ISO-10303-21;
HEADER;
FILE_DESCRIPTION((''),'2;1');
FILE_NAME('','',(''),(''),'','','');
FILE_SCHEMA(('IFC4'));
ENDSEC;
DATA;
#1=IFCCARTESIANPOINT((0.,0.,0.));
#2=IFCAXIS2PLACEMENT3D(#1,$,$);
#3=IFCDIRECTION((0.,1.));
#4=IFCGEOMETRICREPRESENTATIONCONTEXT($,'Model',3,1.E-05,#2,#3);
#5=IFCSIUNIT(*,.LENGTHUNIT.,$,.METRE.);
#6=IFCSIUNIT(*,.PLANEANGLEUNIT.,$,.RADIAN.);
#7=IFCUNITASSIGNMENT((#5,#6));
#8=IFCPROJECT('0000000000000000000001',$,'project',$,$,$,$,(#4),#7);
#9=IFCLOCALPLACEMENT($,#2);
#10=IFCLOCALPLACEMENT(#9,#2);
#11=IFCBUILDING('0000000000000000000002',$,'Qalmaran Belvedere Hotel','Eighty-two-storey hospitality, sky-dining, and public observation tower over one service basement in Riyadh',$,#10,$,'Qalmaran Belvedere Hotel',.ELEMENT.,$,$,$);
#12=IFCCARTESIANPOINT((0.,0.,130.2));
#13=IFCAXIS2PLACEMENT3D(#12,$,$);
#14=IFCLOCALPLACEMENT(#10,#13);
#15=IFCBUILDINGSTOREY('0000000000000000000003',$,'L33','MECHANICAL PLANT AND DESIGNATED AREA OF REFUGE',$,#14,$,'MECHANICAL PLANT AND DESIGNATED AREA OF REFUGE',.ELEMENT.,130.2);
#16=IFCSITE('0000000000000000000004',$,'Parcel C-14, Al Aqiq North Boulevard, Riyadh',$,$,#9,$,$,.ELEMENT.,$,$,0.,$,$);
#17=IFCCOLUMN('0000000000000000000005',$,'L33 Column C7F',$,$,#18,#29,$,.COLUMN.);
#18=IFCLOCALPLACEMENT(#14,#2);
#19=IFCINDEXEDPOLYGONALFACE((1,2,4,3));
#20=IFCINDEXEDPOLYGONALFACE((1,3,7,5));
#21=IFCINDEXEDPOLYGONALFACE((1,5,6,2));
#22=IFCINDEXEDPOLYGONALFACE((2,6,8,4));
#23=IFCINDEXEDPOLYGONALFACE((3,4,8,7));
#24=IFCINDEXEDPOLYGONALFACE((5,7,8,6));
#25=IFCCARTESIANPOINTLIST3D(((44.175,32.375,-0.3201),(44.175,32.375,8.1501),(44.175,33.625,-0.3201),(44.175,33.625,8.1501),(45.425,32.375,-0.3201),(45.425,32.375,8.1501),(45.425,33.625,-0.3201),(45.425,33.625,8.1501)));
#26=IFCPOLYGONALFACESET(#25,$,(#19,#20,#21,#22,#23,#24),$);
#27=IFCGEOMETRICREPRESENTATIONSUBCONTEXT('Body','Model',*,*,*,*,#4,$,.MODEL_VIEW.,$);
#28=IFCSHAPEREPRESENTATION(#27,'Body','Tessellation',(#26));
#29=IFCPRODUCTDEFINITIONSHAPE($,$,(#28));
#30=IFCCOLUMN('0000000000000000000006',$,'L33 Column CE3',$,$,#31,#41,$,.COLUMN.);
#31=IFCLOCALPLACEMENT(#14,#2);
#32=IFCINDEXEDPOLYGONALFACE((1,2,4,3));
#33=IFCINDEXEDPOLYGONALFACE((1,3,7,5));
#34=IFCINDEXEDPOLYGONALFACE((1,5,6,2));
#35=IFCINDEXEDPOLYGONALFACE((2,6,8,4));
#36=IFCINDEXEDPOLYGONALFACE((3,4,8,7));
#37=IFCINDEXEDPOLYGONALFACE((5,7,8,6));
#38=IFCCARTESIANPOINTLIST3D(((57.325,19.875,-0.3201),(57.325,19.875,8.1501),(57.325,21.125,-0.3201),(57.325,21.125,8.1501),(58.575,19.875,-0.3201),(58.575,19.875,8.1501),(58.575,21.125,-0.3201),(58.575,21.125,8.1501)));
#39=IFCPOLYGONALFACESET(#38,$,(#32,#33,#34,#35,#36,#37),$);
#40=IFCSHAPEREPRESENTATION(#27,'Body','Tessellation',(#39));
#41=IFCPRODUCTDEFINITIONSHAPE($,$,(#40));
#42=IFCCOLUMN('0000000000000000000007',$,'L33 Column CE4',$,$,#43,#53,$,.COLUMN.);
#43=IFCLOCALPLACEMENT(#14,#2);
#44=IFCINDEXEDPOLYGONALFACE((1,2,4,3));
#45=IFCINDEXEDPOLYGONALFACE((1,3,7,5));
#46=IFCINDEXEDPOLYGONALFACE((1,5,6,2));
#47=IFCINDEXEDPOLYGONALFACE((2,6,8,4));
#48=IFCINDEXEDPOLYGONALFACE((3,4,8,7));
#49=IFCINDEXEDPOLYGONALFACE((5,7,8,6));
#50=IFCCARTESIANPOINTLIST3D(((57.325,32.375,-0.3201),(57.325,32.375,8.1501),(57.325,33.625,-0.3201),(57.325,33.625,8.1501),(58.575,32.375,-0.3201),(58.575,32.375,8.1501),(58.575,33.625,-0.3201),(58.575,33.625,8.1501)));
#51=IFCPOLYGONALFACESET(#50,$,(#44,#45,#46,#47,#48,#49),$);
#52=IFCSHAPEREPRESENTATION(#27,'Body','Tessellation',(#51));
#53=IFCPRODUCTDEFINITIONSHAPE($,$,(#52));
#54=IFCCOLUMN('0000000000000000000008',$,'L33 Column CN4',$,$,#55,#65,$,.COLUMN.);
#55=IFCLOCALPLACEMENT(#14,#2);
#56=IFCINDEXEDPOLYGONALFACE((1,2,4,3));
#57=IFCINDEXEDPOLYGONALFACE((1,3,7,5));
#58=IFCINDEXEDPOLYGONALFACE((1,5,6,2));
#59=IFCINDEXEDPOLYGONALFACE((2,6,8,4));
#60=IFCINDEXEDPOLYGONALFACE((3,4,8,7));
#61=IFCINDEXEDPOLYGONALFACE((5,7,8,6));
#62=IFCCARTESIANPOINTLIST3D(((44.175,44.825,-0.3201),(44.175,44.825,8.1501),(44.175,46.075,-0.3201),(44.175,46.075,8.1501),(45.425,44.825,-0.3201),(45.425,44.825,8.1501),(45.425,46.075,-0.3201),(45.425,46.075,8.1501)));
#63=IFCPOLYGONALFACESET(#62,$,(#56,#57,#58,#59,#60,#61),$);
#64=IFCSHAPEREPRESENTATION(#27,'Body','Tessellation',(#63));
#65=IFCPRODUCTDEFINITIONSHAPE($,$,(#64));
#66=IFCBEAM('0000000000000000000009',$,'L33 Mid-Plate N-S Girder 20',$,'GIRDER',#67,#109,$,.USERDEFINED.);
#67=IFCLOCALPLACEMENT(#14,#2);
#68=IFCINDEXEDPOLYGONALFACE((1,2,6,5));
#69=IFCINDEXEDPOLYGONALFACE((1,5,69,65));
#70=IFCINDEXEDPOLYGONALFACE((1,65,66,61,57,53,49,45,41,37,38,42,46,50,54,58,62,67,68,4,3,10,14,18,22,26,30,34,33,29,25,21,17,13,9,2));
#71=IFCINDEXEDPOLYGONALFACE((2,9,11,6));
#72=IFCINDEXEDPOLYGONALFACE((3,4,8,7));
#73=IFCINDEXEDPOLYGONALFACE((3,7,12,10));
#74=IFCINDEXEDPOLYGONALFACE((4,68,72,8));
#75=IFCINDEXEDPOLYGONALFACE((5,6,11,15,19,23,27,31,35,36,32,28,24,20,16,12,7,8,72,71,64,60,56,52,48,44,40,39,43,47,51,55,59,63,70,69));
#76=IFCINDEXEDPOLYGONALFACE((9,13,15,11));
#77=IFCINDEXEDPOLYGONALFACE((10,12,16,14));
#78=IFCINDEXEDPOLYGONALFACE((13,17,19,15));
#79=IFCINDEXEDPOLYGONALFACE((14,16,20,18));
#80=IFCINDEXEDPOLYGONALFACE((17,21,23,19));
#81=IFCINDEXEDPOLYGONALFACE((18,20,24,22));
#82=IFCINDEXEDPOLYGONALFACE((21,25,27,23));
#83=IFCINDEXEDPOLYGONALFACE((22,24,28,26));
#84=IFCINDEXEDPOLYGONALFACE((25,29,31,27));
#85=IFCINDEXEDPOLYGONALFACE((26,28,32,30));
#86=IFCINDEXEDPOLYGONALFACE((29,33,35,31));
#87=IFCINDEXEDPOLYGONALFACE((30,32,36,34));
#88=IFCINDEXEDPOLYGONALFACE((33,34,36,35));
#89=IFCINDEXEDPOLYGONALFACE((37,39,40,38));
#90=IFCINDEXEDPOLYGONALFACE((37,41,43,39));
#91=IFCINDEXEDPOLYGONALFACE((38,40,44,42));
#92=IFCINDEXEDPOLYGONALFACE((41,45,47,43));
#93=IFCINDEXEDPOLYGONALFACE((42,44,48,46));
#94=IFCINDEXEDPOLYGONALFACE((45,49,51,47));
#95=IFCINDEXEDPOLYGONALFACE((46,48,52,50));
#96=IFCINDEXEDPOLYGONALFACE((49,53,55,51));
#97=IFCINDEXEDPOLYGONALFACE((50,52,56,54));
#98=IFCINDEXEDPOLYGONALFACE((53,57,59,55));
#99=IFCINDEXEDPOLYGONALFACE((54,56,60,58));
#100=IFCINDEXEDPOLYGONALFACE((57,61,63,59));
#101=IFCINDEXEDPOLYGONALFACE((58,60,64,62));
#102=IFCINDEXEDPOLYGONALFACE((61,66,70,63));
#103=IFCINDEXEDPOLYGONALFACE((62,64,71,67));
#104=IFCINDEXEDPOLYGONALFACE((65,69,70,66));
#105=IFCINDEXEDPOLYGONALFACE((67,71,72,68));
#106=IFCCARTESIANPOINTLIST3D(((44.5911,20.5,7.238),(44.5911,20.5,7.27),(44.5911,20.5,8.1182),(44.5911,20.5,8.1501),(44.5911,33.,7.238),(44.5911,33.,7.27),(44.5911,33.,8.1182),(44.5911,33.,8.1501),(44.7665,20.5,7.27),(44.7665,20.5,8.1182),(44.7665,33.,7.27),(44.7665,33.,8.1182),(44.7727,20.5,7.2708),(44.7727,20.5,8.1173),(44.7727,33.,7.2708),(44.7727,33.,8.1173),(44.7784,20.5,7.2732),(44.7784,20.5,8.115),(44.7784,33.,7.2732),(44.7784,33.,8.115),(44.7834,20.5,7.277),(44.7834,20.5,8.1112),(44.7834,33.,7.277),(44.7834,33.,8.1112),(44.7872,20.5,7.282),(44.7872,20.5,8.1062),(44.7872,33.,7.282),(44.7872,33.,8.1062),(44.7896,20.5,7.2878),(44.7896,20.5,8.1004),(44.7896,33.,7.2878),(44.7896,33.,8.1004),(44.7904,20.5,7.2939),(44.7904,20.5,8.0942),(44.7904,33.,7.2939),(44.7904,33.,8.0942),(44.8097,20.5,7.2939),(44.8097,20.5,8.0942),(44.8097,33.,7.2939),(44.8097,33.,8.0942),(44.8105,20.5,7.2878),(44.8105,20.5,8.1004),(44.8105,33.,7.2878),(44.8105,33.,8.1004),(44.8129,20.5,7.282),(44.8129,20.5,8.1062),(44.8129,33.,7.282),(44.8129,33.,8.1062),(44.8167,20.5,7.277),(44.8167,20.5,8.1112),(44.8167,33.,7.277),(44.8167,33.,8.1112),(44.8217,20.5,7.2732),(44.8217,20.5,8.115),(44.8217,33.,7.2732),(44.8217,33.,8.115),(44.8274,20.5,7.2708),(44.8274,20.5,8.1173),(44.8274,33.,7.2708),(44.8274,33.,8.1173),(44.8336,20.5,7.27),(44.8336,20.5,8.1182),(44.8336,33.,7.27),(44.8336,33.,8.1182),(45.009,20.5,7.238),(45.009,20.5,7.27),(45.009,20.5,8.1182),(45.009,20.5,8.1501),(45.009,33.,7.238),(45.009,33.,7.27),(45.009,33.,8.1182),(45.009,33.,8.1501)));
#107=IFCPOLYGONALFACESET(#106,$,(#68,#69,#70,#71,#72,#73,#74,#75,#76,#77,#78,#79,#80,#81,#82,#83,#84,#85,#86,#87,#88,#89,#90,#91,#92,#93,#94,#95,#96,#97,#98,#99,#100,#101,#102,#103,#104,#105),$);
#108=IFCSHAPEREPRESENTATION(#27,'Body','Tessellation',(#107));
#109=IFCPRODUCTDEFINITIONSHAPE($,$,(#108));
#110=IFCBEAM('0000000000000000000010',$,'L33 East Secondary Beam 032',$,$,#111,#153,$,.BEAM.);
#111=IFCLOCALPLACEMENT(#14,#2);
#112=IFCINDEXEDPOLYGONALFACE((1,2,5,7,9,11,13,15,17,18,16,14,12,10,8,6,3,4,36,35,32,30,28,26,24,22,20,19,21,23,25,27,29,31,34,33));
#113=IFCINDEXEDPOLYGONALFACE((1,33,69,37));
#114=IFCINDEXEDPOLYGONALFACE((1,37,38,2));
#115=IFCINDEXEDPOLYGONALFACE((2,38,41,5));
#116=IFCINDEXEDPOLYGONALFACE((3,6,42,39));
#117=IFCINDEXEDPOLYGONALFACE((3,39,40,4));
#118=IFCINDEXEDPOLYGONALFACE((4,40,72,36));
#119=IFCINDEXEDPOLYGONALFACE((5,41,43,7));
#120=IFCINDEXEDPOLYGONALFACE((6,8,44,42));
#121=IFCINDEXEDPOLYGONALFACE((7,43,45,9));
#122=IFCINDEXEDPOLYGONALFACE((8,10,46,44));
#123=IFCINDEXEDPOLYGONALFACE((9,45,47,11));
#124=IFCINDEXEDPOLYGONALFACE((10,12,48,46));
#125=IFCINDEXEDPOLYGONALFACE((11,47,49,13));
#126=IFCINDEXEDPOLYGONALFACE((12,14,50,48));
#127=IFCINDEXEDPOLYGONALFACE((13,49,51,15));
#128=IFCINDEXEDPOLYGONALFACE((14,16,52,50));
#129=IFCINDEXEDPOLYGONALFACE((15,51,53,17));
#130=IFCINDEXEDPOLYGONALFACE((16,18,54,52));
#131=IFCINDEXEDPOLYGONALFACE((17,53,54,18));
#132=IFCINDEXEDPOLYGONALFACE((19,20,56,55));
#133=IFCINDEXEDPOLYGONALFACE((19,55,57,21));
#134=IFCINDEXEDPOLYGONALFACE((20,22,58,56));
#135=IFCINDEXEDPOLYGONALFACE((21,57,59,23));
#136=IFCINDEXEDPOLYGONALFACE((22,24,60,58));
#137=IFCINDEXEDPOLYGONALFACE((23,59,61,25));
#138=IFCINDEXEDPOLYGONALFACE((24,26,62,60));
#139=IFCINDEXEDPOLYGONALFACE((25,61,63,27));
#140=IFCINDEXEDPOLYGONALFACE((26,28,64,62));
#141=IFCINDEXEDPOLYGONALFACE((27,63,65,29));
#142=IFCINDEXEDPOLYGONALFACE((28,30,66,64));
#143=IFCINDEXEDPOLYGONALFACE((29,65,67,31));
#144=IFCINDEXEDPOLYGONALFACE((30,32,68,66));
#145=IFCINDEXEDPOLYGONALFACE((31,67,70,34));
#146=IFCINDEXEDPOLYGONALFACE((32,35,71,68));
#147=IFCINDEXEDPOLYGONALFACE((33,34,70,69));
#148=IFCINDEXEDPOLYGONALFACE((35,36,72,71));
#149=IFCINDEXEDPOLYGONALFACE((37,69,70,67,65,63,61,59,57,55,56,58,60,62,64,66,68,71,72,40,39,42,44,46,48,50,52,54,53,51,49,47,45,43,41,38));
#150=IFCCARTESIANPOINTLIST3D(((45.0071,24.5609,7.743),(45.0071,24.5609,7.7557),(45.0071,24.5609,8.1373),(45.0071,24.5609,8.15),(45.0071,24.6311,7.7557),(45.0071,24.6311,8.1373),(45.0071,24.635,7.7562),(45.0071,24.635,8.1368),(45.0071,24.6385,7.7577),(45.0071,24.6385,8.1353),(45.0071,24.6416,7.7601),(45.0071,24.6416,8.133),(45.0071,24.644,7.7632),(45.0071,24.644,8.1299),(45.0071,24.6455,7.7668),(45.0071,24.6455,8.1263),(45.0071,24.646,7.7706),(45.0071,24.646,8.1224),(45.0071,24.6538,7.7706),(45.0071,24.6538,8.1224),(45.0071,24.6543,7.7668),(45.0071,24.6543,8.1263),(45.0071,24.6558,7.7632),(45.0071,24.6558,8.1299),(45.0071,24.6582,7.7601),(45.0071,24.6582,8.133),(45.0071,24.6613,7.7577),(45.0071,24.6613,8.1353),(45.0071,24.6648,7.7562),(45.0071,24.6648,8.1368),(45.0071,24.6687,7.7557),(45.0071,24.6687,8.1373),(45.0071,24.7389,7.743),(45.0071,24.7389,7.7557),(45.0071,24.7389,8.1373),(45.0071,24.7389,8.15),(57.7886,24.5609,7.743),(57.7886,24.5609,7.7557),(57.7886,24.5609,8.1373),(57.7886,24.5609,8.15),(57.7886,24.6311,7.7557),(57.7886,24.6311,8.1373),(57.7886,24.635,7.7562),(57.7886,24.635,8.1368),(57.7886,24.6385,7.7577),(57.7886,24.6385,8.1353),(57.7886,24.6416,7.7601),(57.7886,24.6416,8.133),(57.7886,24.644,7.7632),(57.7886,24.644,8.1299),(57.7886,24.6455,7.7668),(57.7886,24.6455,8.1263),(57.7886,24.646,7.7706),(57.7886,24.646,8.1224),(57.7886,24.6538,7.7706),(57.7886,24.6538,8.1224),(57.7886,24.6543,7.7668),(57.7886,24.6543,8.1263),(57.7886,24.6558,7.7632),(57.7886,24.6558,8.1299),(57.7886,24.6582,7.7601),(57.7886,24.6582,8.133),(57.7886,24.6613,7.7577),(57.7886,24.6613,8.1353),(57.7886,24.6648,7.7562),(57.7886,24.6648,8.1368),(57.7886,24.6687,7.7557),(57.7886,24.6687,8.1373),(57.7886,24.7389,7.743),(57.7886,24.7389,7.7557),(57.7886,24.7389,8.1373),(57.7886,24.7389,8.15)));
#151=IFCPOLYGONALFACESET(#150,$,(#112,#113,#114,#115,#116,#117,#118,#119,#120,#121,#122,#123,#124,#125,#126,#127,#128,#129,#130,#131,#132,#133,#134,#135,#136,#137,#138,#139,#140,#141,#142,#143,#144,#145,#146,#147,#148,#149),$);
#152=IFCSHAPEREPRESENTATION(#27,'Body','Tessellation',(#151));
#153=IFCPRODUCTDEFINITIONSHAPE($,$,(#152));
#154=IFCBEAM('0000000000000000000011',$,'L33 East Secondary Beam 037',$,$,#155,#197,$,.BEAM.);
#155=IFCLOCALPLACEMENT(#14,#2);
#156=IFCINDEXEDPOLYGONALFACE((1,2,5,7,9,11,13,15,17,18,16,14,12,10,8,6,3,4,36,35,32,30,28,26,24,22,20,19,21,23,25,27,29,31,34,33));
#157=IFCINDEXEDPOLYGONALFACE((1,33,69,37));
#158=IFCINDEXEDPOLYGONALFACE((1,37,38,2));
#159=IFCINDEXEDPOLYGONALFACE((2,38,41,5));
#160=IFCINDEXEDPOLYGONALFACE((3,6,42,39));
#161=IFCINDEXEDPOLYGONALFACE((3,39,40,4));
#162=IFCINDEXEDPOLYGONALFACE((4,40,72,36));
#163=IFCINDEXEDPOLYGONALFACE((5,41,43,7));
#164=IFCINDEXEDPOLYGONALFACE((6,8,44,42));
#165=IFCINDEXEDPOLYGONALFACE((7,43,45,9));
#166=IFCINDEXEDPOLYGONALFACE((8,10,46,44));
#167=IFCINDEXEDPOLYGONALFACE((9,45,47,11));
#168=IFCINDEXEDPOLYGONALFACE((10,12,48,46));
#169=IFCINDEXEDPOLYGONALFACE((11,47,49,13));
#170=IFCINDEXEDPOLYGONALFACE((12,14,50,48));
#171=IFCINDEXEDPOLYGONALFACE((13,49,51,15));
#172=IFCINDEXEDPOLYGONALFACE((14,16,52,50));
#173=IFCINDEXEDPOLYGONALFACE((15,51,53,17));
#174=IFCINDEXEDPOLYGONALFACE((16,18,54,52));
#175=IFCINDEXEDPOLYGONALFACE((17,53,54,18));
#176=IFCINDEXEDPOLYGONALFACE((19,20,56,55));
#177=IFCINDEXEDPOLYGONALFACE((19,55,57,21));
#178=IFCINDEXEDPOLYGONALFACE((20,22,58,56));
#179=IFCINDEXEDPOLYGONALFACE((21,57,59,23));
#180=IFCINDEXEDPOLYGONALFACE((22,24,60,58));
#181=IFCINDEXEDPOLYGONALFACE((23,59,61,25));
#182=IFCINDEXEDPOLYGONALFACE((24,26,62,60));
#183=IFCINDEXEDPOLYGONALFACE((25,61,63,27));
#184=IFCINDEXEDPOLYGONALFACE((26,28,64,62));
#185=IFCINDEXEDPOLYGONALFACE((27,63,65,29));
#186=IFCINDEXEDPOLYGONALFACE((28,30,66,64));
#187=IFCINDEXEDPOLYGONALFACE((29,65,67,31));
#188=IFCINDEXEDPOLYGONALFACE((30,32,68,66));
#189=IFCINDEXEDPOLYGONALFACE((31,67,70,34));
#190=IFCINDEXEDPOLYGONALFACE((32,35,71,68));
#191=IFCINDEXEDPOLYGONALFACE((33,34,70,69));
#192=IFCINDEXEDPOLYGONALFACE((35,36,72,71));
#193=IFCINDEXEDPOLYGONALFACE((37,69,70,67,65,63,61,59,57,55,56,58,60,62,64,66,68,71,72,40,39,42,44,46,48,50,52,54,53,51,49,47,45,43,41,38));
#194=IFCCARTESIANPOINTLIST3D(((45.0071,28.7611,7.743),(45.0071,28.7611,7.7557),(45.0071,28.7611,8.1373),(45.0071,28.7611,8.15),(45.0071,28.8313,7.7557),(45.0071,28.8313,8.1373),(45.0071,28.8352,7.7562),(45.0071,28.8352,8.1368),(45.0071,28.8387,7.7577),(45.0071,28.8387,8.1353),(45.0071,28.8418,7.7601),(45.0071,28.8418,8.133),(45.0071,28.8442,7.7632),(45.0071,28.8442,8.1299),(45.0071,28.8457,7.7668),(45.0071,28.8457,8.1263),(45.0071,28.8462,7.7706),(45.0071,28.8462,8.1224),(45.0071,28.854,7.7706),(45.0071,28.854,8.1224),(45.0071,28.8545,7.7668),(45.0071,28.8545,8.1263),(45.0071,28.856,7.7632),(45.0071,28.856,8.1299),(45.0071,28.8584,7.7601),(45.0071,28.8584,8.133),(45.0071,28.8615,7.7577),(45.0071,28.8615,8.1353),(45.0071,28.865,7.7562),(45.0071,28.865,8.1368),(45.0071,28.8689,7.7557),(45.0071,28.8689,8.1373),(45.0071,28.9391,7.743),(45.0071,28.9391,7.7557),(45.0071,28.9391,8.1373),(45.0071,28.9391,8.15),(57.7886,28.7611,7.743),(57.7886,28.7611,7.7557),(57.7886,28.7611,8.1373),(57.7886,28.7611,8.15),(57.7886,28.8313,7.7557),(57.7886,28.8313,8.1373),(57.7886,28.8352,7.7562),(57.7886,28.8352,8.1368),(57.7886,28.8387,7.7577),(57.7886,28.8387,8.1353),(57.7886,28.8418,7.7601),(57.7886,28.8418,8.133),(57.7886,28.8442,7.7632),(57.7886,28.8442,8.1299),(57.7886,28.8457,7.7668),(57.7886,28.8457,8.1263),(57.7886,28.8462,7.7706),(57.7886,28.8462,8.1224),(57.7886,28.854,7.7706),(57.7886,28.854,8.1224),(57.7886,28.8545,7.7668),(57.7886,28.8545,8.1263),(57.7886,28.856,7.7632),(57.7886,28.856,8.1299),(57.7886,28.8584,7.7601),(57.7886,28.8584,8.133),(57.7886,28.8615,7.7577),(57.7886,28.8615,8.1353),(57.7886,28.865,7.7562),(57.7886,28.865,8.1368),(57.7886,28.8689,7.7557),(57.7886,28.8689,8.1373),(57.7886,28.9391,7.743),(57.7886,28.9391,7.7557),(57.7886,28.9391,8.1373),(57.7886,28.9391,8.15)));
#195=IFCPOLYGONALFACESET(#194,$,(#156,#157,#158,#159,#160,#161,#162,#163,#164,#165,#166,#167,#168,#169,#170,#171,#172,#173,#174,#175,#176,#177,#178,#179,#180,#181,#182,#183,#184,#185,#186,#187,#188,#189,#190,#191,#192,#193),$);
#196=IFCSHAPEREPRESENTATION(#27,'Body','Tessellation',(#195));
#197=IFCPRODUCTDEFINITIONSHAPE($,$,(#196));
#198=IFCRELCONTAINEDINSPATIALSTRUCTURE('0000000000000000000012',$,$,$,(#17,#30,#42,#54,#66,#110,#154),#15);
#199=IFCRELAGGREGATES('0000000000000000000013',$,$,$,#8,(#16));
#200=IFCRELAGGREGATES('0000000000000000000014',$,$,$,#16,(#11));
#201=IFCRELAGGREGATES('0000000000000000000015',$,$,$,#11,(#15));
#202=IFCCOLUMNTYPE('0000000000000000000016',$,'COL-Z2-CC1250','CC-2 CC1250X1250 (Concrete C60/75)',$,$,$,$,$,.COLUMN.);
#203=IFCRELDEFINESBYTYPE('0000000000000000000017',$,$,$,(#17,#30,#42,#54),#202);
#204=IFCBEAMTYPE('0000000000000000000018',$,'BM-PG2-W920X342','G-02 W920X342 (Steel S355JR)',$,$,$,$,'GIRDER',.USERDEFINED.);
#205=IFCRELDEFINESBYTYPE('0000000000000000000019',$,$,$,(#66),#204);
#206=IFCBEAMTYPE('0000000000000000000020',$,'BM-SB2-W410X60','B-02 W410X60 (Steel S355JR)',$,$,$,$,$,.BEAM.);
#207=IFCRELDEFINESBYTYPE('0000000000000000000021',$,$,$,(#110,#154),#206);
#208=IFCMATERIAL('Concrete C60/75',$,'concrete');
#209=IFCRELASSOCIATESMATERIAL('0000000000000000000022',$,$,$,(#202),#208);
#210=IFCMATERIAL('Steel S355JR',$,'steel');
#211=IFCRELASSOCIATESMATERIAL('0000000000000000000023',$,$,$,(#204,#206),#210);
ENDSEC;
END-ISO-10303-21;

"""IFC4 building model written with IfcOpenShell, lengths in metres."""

from ifc_helpers import new_model, si_unit, direction, frame, origin, origin_2d, place, context, subcontext, project, spatial, rectangle, i_section, extrude, material, material_profile, profile_set, type_object, element, save


model = new_model("IFC4")

# Units and contexts
model_context = context("Model", 3, precision=1e-05, world=origin(), true_north=direction((0.0, 1.0)))
body_context = subcontext(model_context, "Body", "Model", "MODEL_VIEW")
ifc_project = project(units=[si_unit("LENGTHUNIT", "METRE"), si_unit("PLANEANGLEUNIT", "RADIAN")], contexts=[model_context])

# Site, building, storey
site_placement = place(None, origin())
site = spatial("IfcSite", under=ifc_project, at=site_placement, Name="Parcel C-14, Al Aqiq North Boulevard, Riyadh", CompositionType="ELEMENT", RefElevation=0.0)
building_placement = place(site_placement, origin())
building = spatial("IfcBuilding", under=site, at=building_placement, Name="Qalmaran Belvedere Hotel", Description="Eighty-two-storey hospitality, sky-dining, and public observation tower over one service basement in Riyadh", LongName="Qalmaran Belvedere Hotel", CompositionType="ELEMENT")
storey_placement = place(building_placement, frame((0.0, 0.0, 130.2)))
storey = spatial("IfcBuildingStorey", under=building, at=storey_placement, Name="L33", Description="MECHANICAL PLANT AND DESIGNATED AREA OF REFUGE", LongName="MECHANICAL PLANT AND DESIGNATED AREA OF REFUGE", CompositionType="ELEMENT", Elevation=130.2)

# Columns
ifc_material_1 = material(Name="Concrete C60/75", Category="concrete")
ifc_material_profile_1 = material_profile(ifc_material_1, rectangle(XDim=1.25, YDim=1.25, at=origin_2d()), Name="CC1250X1250")
ifc_profile_set_1 = profile_set([ifc_material_profile_1], Name="Concrete C60/75")
column_type = type_object("IfcColumnType", Name="COL-Z2-CC1250", Description="CC-2 CC1250X1250 (Concrete C60/75)", PredefinedType="COLUMN", material=ifc_profile_set_1)
for number, where, z_axis, x_axis, name in (
    (1, (44.8, 33.0, -0.3201), (0.0, 0.0, 1.0), (1.0, 0.0, 0.0), "L33 Column C7F"),
    (2, (57.95, 20.5, -0.3201), (0.0, 0.0, 1.0), (1.0, 0.0, 0.0), "L33 Column CE3"),
    (3, (57.95, 33.0, -0.3201), (0.0, 0.0, 1.0), (1.0, 0.0, 0.0), "L33 Column CE4"),
    (4, (44.8, 45.45, -0.3201), (0.0, 0.0, 1.0), (1.0, 0.0, 0.0), "L33 Column CN4"),
):
    element("IfcColumn", number, at=place(storey_placement, frame(where, z_axis=z_axis, x_axis=x_axis)), inside=storey, type_object=column_type, Name=name, PredefinedType="COLUMN", context=body_context, shape_type="SweptSolid", body=[
        extrude(rectangle(XDim=1.25, YDim=1.25, at=origin_2d()), origin(), (0.0, 0.0, 1.0), 8.4702),
    ])

# Beams
ifc_material_2 = material(Name="Steel S355JR", Category="steel")
ifc_material_profile_2 = material_profile(ifc_material_2, i_section(OverallWidth=0.418, OverallDepth=0.9121, WebThickness=0.0193, FlangeThickness=0.032, FilletRadius=0.0239, at=origin_2d()), Name="W920X342")
ifc_profile_set_2 = profile_set([ifc_material_profile_2], Name="Steel S355JR")
beam_type_1 = type_object("IfcBeamType", Name="BM-PG2-W920X342", Description="G-02 W920X342 (Steel S355JR)", ElementType="GIRDER", PredefinedType="USERDEFINED", material=ifc_profile_set_2)
beam_1_placement = place(storey_placement, frame((44.8, 20.5, 7.6941), z_axis=(0.0, 1.0, 0.0), x_axis=(-1.0, 0.0, 0.0)))
element("IfcBeam", 5, at=beam_1_placement, inside=storey, type_object=beam_type_1, Name="L33 Mid-Plate N-S Girder 20", ObjectType="GIRDER", PredefinedType="USERDEFINED", context=body_context, shape_type="SweptSolid", body=[
    extrude(i_section(OverallWidth=0.418, OverallDepth=0.9121, WebThickness=0.0193, FlangeThickness=0.032, FilletRadius=0.0239, at=origin_2d()), origin(), (0.0, 0.0, 1.0), 12.5),
])
ifc_material_profile_3 = material_profile(ifc_material_2, i_section(OverallWidth=0.178, OverallDepth=0.407, WebThickness=0.0078, FlangeThickness=0.0127, FilletRadius=0.0149, at=origin_2d()), Name="W410X60")
ifc_profile_set_3 = profile_set([ifc_material_profile_3], Name="Steel S355JR")
beam_type_2 = type_object("IfcBeamType", Name="BM-SB2-W410X60", Description="B-02 W410X60 (Steel S355JR)", PredefinedType="BEAM", material=ifc_profile_set_3)
for number, where, z_axis, x_axis, name in (
    (6, (45.0071, 24.6499, 7.9465), (1.0, 0.0, 0.0), (0.0, 1.0, 0.0), "L33 East Secondary Beam 032"),
    (7, (45.0071, 28.8501, 7.9465), (1.0, 0.0, 0.0), (0.0, 1.0, 0.0), "L33 East Secondary Beam 037"),
):
    element("IfcBeam", number, at=place(storey_placement, frame(where, z_axis=z_axis, x_axis=x_axis)), inside=storey, type_object=beam_type_2, Name=name, PredefinedType="BEAM", context=body_context, shape_type="SweptSolid", body=[
        extrude(i_section(OverallWidth=0.178, OverallDepth=0.407, WebThickness=0.0078, FlangeThickness=0.0127, FilletRadius=0.0149, at=origin_2d()), origin(), (0.0, 0.0, 1.0), 12.7815),
    ])

save(model, "model.ifc")
